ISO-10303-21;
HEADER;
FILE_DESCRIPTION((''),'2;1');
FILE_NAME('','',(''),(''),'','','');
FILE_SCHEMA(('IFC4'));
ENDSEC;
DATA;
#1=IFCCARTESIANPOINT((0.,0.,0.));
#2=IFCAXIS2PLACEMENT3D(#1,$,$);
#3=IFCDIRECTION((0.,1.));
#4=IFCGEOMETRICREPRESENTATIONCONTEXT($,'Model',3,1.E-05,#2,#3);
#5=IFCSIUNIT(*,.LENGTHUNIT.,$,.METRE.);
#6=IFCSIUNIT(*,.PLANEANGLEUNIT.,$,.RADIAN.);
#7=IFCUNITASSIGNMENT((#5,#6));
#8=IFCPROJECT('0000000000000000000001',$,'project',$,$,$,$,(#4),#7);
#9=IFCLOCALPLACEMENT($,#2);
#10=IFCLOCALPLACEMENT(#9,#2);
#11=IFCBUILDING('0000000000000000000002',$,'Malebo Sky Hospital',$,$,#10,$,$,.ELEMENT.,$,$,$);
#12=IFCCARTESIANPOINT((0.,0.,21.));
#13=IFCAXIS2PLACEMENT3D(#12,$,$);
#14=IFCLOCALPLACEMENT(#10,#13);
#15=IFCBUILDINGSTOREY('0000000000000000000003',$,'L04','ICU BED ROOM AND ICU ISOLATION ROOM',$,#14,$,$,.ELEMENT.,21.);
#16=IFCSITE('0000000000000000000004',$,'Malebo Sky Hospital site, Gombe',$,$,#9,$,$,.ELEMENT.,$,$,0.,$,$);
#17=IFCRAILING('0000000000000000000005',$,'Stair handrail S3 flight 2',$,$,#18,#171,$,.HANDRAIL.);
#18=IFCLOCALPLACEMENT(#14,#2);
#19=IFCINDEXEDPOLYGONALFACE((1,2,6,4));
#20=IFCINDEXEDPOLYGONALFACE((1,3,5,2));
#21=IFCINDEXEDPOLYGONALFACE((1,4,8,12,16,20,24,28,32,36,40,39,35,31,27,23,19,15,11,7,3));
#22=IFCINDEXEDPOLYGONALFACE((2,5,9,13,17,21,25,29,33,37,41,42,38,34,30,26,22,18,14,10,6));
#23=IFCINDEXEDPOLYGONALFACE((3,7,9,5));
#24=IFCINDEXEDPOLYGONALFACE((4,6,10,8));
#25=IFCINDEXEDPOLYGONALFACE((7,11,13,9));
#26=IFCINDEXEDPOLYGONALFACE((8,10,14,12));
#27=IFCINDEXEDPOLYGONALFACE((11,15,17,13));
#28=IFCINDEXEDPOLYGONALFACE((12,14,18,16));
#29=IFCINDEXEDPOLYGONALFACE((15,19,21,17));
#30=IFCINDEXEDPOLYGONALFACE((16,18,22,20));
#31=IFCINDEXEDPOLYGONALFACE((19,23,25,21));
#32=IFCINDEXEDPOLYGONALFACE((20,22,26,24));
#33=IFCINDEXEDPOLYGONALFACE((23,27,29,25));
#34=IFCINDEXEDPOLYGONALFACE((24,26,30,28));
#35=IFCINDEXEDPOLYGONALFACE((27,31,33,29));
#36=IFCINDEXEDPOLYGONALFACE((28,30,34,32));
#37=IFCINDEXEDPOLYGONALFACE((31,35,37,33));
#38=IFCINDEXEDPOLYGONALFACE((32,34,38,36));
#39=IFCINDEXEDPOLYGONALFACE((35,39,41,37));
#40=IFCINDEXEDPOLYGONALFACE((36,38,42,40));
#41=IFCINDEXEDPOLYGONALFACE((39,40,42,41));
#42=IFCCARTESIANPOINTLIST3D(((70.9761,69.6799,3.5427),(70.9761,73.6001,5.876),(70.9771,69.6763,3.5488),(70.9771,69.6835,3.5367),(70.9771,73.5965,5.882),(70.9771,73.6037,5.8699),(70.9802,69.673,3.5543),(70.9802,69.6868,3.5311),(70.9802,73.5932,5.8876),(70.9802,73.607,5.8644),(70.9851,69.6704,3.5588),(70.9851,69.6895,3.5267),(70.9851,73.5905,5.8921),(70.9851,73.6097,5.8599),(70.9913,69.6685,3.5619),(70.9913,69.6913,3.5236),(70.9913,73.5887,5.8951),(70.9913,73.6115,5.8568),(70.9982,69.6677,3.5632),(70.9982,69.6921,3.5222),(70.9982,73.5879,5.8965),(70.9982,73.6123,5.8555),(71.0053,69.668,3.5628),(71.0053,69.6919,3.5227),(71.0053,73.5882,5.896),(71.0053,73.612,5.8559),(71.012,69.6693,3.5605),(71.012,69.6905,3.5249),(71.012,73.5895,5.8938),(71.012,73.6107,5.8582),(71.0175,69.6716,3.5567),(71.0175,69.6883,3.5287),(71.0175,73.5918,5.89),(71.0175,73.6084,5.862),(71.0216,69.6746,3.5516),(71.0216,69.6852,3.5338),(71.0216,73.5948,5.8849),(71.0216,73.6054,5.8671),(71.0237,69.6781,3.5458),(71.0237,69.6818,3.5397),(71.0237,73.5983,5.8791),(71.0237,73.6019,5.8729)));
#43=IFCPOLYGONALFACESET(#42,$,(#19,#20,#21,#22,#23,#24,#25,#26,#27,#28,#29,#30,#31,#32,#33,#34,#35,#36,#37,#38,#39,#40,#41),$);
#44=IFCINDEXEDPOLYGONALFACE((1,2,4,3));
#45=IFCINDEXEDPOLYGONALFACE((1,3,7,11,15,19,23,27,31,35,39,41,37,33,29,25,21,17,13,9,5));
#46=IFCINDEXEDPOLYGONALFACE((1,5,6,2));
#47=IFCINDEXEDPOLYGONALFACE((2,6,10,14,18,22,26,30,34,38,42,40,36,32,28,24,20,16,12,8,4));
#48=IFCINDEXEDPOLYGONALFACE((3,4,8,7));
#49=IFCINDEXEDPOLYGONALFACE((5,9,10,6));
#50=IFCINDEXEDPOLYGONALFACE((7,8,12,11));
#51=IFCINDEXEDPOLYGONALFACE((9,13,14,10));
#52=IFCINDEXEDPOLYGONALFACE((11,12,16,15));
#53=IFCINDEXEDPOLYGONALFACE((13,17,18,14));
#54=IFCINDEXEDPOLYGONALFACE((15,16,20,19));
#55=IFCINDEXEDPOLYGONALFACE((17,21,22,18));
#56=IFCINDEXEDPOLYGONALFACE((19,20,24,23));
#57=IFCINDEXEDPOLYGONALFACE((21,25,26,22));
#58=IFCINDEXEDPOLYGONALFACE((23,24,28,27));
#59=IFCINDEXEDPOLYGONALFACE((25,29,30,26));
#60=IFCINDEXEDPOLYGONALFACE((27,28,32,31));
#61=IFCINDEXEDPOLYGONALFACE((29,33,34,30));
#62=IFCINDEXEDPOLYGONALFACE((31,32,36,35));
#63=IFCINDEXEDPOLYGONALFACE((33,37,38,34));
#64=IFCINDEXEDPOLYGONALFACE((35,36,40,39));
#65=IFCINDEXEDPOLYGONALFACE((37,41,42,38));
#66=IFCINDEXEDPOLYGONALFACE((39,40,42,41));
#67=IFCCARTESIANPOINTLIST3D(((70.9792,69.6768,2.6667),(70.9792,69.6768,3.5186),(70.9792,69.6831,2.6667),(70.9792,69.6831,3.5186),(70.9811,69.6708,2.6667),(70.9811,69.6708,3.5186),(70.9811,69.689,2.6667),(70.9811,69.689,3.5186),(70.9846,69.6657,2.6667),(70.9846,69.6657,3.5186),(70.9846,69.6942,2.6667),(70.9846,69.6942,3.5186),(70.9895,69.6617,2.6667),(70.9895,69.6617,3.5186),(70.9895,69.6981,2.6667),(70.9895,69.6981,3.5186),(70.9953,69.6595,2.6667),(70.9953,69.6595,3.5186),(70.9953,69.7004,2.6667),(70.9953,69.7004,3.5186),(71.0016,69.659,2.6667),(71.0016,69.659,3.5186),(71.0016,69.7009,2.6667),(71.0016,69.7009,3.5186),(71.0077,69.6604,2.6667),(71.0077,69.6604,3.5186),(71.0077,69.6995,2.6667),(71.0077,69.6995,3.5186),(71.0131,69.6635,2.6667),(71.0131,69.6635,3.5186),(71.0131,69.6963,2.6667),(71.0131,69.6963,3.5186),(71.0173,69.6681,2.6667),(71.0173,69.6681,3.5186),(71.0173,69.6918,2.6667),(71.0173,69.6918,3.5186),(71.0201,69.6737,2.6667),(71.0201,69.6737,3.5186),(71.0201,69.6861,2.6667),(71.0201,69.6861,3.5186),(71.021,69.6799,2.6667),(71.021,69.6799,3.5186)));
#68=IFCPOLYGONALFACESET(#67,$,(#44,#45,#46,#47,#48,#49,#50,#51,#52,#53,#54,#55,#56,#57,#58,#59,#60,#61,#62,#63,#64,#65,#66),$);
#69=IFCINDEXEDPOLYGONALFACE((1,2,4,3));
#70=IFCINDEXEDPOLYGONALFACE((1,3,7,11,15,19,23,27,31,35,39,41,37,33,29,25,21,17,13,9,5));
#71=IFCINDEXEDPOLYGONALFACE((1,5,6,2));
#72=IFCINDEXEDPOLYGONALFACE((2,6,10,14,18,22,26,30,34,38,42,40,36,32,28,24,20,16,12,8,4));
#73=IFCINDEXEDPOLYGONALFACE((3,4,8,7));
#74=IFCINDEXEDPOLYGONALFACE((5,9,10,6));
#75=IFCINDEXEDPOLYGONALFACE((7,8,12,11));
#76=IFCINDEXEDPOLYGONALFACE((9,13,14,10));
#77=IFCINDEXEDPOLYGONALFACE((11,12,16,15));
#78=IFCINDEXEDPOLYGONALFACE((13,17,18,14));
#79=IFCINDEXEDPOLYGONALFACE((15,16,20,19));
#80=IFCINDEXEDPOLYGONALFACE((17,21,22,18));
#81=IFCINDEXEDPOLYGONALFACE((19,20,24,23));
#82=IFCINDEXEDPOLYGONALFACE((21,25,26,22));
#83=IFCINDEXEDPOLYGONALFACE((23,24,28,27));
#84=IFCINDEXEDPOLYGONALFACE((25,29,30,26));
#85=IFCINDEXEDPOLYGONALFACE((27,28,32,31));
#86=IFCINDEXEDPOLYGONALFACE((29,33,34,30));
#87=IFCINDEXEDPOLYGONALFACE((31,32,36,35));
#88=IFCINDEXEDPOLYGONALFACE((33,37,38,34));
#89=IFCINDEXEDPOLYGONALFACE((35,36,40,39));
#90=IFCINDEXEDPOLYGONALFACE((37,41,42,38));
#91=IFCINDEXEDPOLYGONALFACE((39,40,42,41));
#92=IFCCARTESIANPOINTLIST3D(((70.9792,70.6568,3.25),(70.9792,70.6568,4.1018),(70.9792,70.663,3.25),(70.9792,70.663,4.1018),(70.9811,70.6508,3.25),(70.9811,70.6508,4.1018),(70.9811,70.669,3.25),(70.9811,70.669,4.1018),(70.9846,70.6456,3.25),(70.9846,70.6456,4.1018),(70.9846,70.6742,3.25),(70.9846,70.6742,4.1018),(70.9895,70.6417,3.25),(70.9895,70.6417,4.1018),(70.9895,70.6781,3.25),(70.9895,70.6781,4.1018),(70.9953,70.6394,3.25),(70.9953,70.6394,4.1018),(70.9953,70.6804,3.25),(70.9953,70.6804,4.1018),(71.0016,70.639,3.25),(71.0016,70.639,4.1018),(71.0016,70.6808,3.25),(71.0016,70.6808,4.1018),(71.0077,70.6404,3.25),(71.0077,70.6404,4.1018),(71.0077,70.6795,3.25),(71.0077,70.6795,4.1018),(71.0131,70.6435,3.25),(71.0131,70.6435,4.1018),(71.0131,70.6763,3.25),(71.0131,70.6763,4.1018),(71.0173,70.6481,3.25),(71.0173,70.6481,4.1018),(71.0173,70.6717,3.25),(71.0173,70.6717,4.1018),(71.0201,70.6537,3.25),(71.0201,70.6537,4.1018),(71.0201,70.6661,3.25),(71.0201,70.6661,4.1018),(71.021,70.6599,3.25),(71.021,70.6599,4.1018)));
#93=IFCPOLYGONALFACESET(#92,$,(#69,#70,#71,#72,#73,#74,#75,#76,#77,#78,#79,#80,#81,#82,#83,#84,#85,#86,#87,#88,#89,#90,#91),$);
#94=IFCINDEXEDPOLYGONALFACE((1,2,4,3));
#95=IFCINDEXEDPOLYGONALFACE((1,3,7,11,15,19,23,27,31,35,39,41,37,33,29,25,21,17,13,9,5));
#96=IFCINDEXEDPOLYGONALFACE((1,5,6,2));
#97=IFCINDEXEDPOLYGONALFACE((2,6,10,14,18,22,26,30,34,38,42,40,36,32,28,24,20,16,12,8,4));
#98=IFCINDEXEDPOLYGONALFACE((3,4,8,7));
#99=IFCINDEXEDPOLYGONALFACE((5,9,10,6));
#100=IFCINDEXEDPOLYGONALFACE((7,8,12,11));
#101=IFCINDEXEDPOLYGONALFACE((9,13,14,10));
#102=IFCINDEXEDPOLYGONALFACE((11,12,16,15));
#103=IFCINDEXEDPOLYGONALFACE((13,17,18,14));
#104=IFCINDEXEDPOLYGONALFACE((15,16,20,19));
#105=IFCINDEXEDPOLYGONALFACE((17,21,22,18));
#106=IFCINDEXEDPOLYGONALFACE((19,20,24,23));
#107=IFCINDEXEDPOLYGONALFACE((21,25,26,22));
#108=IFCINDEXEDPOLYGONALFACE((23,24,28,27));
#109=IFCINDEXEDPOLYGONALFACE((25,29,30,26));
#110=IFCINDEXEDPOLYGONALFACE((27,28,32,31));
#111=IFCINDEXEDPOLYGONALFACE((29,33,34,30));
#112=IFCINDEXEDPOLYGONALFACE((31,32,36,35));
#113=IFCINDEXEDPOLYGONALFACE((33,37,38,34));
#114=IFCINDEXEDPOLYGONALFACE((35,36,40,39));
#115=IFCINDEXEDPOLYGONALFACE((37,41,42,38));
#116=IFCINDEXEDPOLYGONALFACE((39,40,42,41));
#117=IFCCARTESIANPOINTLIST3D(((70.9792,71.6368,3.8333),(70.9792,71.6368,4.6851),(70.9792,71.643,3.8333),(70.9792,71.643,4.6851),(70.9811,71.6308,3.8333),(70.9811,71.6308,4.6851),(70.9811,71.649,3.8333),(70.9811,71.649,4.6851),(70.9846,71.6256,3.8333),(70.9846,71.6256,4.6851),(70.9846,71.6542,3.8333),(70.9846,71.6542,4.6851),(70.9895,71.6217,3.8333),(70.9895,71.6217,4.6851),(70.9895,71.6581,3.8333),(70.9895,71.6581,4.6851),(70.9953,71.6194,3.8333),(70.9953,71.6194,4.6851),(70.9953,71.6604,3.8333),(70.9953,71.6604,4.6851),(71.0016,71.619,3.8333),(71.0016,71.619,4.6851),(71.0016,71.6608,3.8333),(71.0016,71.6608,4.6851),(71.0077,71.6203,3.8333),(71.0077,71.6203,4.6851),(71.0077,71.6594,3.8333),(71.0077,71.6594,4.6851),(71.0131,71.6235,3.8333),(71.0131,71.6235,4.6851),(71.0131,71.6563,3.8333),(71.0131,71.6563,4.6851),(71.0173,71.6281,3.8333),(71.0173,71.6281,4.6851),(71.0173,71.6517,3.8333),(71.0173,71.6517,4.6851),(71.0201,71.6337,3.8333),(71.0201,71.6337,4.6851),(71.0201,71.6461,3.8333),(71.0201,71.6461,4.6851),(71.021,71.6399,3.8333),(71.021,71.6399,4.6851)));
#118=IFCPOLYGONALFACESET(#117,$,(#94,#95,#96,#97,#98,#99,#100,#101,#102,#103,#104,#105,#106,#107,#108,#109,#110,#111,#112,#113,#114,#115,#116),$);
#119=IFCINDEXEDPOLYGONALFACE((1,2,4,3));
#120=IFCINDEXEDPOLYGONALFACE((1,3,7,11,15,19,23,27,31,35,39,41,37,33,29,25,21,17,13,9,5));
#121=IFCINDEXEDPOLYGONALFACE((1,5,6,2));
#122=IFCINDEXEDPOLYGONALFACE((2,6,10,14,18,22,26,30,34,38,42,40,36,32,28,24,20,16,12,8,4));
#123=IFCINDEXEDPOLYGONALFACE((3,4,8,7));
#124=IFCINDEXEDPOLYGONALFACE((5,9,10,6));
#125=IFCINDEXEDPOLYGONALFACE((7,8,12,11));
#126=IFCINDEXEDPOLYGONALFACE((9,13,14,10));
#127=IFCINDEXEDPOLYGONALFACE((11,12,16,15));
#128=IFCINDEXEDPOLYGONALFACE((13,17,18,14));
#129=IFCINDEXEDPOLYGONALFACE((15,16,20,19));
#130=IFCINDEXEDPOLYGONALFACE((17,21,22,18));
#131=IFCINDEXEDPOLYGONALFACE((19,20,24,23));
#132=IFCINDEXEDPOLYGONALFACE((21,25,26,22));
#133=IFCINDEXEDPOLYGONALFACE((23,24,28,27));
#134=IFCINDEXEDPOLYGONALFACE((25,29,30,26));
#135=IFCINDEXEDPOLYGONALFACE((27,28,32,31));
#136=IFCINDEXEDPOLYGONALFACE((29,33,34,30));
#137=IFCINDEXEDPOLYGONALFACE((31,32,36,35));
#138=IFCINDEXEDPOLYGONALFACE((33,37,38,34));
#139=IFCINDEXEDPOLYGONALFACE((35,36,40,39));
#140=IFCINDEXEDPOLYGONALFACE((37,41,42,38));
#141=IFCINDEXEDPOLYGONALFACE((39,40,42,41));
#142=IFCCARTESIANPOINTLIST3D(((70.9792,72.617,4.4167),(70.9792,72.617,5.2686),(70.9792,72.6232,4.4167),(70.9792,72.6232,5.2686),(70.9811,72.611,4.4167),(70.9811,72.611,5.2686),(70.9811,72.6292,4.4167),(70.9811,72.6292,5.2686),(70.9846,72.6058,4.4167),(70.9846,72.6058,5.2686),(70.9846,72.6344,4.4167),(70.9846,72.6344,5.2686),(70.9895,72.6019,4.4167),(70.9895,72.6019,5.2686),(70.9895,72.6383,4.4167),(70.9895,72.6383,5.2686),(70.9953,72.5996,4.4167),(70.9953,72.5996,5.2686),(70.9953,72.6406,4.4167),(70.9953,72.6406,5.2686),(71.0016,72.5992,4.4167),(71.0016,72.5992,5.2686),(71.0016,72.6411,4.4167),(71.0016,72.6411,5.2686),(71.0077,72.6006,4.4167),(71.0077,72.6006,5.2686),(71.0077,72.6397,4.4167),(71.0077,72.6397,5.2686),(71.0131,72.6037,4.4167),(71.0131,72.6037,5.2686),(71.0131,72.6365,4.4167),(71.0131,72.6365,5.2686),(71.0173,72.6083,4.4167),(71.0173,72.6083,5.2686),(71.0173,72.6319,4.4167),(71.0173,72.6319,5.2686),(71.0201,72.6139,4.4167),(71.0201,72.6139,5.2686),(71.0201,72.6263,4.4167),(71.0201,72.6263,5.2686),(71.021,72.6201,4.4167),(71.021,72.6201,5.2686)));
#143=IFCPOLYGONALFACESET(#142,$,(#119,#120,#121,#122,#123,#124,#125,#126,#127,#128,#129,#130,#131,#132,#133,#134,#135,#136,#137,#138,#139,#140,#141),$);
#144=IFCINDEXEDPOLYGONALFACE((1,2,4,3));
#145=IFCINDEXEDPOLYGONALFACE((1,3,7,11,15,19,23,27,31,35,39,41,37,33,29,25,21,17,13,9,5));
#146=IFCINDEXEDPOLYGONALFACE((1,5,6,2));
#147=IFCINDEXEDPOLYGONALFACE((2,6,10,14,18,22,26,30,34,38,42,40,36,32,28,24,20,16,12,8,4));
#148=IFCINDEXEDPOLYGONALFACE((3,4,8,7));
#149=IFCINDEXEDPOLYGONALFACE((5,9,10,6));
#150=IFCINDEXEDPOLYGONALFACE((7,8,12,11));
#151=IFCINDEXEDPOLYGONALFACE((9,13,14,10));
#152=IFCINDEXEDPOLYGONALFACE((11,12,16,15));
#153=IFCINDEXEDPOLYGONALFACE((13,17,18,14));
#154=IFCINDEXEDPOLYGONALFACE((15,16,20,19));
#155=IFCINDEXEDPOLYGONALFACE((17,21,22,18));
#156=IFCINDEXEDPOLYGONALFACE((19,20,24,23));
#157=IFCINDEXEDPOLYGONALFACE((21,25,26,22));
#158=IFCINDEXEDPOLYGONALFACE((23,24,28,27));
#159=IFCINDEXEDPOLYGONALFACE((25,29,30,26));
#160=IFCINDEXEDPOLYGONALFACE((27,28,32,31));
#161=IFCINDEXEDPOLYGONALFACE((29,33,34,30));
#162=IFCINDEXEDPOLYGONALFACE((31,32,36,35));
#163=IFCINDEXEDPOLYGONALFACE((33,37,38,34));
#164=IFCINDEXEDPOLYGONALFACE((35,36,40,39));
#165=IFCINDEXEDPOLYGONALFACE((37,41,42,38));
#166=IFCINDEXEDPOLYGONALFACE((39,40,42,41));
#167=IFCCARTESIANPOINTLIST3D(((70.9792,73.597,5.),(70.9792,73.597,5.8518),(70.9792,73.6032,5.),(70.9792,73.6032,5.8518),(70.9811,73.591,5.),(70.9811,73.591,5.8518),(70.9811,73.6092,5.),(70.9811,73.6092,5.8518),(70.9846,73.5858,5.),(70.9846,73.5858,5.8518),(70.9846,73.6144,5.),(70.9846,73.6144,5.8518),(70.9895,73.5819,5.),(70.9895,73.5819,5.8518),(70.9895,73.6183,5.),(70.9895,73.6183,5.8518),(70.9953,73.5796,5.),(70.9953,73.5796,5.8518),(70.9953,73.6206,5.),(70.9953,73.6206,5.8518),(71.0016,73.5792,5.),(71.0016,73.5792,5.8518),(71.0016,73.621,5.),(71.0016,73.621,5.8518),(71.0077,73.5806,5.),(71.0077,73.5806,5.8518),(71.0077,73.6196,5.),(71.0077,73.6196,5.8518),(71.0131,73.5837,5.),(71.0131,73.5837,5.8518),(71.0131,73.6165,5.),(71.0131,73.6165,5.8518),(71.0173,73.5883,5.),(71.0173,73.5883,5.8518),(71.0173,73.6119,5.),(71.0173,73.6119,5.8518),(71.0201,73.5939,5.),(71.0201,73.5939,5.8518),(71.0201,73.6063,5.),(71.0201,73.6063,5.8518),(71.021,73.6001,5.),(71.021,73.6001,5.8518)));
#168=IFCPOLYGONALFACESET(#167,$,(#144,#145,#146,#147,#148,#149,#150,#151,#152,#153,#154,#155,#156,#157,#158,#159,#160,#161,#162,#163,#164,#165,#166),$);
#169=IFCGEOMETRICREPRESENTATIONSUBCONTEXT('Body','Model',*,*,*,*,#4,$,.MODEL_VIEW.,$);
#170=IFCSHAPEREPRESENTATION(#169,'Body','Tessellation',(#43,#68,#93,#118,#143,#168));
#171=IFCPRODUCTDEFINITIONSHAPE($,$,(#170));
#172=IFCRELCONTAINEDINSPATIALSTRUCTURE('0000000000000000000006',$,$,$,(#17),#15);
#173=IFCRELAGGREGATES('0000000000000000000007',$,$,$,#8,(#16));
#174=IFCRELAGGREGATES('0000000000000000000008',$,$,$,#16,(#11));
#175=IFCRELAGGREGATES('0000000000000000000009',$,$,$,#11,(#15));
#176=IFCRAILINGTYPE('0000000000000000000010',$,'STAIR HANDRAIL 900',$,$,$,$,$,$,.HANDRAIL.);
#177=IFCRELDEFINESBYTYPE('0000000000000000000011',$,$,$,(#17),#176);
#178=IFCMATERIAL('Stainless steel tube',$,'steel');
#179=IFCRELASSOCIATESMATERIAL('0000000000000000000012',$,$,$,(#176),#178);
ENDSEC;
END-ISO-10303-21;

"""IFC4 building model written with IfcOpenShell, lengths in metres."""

from ifc_helpers import new_model, si_unit, direction, frame, origin, origin_2d, place, context, subcontext, project, spatial, circle, extrude, material, type_object, element, save


model = new_model("IFC4")

# Units and contexts
model_context = context("Model", 3, precision=1e-05, world=origin(), true_north=direction((0.0, 1.0)))
body_context = subcontext(model_context, "Body", "Model", "MODEL_VIEW")
ifc_project = project(units=[si_unit("LENGTHUNIT", "METRE"), si_unit("PLANEANGLEUNIT", "RADIAN")], contexts=[model_context])

# Site, building, storey
site_placement = place(None, origin())
site = spatial("IfcSite", under=ifc_project, at=site_placement, Name="Malebo Sky Hospital site, Gombe", CompositionType="ELEMENT", RefElevation=0.0)
building_placement = place(site_placement, origin())
building = spatial("IfcBuilding", under=site, at=building_placement, Name="Malebo Sky Hospital", CompositionType="ELEMENT")
storey_placement = place(building_placement, frame((0.0, 0.0, 21.0)))
storey = spatial("IfcBuildingStorey", under=building, at=storey_placement, Name="L04", Description="ICU BED ROOM AND ICU ISOLATION ROOM", CompositionType="ELEMENT", Elevation=21.0)

# Railing
ifc_material_1 = material(Name="Stainless steel tube", Category="steel")
railing_type = type_object("IfcRailingType", Name="STAIR HANDRAIL 900", PredefinedType="HANDRAIL", material=ifc_material_1)
railing_1_placement = place(storey_placement, frame((71.0, 69.6799, 2.6667)))
element("IfcRailing", 1, at=railing_1_placement, inside=storey, type_object=railing_type, Name="Stair handrail S3 flight 2", PredefinedType="HANDRAIL", context=body_context, shape_type="SweptSolid", body=[
    extrude(circle(Radius=0.0239, at=origin_2d()), frame((0.0, 0.0, 0.876), z_axis=(0.0, 0.85931, 0.511455), x_axis=(-1.0, 0.0, 0.0)), (0.0, 0.0, 1.0), 4.562),
    extrude(circle(Radius=0.021, at=origin_2d()), origin(), (0.0, 0.0, 1.0), 0.8518),
    extrude(circle(Radius=0.021, at=origin_2d()), frame((0.0, 0.98, 0.5833)), (0.0, 0.0, 1.0), 0.8518),
    extrude(circle(Radius=0.021, at=origin_2d()), frame((0.0, 1.96, 1.1665)), (0.0, 0.0, 1.0), 0.8518),
    extrude(circle(Radius=0.021, at=origin_2d()), frame((0.0, 2.9402, 1.75)), (0.0, 0.0, 1.0), 0.8518),
    extrude(circle(Radius=0.021, at=origin_2d()), frame((0.0, 3.9202, 2.3333)), (0.0, 0.0, 1.0), 0.8518),
])

save(model, "model.ifc")
